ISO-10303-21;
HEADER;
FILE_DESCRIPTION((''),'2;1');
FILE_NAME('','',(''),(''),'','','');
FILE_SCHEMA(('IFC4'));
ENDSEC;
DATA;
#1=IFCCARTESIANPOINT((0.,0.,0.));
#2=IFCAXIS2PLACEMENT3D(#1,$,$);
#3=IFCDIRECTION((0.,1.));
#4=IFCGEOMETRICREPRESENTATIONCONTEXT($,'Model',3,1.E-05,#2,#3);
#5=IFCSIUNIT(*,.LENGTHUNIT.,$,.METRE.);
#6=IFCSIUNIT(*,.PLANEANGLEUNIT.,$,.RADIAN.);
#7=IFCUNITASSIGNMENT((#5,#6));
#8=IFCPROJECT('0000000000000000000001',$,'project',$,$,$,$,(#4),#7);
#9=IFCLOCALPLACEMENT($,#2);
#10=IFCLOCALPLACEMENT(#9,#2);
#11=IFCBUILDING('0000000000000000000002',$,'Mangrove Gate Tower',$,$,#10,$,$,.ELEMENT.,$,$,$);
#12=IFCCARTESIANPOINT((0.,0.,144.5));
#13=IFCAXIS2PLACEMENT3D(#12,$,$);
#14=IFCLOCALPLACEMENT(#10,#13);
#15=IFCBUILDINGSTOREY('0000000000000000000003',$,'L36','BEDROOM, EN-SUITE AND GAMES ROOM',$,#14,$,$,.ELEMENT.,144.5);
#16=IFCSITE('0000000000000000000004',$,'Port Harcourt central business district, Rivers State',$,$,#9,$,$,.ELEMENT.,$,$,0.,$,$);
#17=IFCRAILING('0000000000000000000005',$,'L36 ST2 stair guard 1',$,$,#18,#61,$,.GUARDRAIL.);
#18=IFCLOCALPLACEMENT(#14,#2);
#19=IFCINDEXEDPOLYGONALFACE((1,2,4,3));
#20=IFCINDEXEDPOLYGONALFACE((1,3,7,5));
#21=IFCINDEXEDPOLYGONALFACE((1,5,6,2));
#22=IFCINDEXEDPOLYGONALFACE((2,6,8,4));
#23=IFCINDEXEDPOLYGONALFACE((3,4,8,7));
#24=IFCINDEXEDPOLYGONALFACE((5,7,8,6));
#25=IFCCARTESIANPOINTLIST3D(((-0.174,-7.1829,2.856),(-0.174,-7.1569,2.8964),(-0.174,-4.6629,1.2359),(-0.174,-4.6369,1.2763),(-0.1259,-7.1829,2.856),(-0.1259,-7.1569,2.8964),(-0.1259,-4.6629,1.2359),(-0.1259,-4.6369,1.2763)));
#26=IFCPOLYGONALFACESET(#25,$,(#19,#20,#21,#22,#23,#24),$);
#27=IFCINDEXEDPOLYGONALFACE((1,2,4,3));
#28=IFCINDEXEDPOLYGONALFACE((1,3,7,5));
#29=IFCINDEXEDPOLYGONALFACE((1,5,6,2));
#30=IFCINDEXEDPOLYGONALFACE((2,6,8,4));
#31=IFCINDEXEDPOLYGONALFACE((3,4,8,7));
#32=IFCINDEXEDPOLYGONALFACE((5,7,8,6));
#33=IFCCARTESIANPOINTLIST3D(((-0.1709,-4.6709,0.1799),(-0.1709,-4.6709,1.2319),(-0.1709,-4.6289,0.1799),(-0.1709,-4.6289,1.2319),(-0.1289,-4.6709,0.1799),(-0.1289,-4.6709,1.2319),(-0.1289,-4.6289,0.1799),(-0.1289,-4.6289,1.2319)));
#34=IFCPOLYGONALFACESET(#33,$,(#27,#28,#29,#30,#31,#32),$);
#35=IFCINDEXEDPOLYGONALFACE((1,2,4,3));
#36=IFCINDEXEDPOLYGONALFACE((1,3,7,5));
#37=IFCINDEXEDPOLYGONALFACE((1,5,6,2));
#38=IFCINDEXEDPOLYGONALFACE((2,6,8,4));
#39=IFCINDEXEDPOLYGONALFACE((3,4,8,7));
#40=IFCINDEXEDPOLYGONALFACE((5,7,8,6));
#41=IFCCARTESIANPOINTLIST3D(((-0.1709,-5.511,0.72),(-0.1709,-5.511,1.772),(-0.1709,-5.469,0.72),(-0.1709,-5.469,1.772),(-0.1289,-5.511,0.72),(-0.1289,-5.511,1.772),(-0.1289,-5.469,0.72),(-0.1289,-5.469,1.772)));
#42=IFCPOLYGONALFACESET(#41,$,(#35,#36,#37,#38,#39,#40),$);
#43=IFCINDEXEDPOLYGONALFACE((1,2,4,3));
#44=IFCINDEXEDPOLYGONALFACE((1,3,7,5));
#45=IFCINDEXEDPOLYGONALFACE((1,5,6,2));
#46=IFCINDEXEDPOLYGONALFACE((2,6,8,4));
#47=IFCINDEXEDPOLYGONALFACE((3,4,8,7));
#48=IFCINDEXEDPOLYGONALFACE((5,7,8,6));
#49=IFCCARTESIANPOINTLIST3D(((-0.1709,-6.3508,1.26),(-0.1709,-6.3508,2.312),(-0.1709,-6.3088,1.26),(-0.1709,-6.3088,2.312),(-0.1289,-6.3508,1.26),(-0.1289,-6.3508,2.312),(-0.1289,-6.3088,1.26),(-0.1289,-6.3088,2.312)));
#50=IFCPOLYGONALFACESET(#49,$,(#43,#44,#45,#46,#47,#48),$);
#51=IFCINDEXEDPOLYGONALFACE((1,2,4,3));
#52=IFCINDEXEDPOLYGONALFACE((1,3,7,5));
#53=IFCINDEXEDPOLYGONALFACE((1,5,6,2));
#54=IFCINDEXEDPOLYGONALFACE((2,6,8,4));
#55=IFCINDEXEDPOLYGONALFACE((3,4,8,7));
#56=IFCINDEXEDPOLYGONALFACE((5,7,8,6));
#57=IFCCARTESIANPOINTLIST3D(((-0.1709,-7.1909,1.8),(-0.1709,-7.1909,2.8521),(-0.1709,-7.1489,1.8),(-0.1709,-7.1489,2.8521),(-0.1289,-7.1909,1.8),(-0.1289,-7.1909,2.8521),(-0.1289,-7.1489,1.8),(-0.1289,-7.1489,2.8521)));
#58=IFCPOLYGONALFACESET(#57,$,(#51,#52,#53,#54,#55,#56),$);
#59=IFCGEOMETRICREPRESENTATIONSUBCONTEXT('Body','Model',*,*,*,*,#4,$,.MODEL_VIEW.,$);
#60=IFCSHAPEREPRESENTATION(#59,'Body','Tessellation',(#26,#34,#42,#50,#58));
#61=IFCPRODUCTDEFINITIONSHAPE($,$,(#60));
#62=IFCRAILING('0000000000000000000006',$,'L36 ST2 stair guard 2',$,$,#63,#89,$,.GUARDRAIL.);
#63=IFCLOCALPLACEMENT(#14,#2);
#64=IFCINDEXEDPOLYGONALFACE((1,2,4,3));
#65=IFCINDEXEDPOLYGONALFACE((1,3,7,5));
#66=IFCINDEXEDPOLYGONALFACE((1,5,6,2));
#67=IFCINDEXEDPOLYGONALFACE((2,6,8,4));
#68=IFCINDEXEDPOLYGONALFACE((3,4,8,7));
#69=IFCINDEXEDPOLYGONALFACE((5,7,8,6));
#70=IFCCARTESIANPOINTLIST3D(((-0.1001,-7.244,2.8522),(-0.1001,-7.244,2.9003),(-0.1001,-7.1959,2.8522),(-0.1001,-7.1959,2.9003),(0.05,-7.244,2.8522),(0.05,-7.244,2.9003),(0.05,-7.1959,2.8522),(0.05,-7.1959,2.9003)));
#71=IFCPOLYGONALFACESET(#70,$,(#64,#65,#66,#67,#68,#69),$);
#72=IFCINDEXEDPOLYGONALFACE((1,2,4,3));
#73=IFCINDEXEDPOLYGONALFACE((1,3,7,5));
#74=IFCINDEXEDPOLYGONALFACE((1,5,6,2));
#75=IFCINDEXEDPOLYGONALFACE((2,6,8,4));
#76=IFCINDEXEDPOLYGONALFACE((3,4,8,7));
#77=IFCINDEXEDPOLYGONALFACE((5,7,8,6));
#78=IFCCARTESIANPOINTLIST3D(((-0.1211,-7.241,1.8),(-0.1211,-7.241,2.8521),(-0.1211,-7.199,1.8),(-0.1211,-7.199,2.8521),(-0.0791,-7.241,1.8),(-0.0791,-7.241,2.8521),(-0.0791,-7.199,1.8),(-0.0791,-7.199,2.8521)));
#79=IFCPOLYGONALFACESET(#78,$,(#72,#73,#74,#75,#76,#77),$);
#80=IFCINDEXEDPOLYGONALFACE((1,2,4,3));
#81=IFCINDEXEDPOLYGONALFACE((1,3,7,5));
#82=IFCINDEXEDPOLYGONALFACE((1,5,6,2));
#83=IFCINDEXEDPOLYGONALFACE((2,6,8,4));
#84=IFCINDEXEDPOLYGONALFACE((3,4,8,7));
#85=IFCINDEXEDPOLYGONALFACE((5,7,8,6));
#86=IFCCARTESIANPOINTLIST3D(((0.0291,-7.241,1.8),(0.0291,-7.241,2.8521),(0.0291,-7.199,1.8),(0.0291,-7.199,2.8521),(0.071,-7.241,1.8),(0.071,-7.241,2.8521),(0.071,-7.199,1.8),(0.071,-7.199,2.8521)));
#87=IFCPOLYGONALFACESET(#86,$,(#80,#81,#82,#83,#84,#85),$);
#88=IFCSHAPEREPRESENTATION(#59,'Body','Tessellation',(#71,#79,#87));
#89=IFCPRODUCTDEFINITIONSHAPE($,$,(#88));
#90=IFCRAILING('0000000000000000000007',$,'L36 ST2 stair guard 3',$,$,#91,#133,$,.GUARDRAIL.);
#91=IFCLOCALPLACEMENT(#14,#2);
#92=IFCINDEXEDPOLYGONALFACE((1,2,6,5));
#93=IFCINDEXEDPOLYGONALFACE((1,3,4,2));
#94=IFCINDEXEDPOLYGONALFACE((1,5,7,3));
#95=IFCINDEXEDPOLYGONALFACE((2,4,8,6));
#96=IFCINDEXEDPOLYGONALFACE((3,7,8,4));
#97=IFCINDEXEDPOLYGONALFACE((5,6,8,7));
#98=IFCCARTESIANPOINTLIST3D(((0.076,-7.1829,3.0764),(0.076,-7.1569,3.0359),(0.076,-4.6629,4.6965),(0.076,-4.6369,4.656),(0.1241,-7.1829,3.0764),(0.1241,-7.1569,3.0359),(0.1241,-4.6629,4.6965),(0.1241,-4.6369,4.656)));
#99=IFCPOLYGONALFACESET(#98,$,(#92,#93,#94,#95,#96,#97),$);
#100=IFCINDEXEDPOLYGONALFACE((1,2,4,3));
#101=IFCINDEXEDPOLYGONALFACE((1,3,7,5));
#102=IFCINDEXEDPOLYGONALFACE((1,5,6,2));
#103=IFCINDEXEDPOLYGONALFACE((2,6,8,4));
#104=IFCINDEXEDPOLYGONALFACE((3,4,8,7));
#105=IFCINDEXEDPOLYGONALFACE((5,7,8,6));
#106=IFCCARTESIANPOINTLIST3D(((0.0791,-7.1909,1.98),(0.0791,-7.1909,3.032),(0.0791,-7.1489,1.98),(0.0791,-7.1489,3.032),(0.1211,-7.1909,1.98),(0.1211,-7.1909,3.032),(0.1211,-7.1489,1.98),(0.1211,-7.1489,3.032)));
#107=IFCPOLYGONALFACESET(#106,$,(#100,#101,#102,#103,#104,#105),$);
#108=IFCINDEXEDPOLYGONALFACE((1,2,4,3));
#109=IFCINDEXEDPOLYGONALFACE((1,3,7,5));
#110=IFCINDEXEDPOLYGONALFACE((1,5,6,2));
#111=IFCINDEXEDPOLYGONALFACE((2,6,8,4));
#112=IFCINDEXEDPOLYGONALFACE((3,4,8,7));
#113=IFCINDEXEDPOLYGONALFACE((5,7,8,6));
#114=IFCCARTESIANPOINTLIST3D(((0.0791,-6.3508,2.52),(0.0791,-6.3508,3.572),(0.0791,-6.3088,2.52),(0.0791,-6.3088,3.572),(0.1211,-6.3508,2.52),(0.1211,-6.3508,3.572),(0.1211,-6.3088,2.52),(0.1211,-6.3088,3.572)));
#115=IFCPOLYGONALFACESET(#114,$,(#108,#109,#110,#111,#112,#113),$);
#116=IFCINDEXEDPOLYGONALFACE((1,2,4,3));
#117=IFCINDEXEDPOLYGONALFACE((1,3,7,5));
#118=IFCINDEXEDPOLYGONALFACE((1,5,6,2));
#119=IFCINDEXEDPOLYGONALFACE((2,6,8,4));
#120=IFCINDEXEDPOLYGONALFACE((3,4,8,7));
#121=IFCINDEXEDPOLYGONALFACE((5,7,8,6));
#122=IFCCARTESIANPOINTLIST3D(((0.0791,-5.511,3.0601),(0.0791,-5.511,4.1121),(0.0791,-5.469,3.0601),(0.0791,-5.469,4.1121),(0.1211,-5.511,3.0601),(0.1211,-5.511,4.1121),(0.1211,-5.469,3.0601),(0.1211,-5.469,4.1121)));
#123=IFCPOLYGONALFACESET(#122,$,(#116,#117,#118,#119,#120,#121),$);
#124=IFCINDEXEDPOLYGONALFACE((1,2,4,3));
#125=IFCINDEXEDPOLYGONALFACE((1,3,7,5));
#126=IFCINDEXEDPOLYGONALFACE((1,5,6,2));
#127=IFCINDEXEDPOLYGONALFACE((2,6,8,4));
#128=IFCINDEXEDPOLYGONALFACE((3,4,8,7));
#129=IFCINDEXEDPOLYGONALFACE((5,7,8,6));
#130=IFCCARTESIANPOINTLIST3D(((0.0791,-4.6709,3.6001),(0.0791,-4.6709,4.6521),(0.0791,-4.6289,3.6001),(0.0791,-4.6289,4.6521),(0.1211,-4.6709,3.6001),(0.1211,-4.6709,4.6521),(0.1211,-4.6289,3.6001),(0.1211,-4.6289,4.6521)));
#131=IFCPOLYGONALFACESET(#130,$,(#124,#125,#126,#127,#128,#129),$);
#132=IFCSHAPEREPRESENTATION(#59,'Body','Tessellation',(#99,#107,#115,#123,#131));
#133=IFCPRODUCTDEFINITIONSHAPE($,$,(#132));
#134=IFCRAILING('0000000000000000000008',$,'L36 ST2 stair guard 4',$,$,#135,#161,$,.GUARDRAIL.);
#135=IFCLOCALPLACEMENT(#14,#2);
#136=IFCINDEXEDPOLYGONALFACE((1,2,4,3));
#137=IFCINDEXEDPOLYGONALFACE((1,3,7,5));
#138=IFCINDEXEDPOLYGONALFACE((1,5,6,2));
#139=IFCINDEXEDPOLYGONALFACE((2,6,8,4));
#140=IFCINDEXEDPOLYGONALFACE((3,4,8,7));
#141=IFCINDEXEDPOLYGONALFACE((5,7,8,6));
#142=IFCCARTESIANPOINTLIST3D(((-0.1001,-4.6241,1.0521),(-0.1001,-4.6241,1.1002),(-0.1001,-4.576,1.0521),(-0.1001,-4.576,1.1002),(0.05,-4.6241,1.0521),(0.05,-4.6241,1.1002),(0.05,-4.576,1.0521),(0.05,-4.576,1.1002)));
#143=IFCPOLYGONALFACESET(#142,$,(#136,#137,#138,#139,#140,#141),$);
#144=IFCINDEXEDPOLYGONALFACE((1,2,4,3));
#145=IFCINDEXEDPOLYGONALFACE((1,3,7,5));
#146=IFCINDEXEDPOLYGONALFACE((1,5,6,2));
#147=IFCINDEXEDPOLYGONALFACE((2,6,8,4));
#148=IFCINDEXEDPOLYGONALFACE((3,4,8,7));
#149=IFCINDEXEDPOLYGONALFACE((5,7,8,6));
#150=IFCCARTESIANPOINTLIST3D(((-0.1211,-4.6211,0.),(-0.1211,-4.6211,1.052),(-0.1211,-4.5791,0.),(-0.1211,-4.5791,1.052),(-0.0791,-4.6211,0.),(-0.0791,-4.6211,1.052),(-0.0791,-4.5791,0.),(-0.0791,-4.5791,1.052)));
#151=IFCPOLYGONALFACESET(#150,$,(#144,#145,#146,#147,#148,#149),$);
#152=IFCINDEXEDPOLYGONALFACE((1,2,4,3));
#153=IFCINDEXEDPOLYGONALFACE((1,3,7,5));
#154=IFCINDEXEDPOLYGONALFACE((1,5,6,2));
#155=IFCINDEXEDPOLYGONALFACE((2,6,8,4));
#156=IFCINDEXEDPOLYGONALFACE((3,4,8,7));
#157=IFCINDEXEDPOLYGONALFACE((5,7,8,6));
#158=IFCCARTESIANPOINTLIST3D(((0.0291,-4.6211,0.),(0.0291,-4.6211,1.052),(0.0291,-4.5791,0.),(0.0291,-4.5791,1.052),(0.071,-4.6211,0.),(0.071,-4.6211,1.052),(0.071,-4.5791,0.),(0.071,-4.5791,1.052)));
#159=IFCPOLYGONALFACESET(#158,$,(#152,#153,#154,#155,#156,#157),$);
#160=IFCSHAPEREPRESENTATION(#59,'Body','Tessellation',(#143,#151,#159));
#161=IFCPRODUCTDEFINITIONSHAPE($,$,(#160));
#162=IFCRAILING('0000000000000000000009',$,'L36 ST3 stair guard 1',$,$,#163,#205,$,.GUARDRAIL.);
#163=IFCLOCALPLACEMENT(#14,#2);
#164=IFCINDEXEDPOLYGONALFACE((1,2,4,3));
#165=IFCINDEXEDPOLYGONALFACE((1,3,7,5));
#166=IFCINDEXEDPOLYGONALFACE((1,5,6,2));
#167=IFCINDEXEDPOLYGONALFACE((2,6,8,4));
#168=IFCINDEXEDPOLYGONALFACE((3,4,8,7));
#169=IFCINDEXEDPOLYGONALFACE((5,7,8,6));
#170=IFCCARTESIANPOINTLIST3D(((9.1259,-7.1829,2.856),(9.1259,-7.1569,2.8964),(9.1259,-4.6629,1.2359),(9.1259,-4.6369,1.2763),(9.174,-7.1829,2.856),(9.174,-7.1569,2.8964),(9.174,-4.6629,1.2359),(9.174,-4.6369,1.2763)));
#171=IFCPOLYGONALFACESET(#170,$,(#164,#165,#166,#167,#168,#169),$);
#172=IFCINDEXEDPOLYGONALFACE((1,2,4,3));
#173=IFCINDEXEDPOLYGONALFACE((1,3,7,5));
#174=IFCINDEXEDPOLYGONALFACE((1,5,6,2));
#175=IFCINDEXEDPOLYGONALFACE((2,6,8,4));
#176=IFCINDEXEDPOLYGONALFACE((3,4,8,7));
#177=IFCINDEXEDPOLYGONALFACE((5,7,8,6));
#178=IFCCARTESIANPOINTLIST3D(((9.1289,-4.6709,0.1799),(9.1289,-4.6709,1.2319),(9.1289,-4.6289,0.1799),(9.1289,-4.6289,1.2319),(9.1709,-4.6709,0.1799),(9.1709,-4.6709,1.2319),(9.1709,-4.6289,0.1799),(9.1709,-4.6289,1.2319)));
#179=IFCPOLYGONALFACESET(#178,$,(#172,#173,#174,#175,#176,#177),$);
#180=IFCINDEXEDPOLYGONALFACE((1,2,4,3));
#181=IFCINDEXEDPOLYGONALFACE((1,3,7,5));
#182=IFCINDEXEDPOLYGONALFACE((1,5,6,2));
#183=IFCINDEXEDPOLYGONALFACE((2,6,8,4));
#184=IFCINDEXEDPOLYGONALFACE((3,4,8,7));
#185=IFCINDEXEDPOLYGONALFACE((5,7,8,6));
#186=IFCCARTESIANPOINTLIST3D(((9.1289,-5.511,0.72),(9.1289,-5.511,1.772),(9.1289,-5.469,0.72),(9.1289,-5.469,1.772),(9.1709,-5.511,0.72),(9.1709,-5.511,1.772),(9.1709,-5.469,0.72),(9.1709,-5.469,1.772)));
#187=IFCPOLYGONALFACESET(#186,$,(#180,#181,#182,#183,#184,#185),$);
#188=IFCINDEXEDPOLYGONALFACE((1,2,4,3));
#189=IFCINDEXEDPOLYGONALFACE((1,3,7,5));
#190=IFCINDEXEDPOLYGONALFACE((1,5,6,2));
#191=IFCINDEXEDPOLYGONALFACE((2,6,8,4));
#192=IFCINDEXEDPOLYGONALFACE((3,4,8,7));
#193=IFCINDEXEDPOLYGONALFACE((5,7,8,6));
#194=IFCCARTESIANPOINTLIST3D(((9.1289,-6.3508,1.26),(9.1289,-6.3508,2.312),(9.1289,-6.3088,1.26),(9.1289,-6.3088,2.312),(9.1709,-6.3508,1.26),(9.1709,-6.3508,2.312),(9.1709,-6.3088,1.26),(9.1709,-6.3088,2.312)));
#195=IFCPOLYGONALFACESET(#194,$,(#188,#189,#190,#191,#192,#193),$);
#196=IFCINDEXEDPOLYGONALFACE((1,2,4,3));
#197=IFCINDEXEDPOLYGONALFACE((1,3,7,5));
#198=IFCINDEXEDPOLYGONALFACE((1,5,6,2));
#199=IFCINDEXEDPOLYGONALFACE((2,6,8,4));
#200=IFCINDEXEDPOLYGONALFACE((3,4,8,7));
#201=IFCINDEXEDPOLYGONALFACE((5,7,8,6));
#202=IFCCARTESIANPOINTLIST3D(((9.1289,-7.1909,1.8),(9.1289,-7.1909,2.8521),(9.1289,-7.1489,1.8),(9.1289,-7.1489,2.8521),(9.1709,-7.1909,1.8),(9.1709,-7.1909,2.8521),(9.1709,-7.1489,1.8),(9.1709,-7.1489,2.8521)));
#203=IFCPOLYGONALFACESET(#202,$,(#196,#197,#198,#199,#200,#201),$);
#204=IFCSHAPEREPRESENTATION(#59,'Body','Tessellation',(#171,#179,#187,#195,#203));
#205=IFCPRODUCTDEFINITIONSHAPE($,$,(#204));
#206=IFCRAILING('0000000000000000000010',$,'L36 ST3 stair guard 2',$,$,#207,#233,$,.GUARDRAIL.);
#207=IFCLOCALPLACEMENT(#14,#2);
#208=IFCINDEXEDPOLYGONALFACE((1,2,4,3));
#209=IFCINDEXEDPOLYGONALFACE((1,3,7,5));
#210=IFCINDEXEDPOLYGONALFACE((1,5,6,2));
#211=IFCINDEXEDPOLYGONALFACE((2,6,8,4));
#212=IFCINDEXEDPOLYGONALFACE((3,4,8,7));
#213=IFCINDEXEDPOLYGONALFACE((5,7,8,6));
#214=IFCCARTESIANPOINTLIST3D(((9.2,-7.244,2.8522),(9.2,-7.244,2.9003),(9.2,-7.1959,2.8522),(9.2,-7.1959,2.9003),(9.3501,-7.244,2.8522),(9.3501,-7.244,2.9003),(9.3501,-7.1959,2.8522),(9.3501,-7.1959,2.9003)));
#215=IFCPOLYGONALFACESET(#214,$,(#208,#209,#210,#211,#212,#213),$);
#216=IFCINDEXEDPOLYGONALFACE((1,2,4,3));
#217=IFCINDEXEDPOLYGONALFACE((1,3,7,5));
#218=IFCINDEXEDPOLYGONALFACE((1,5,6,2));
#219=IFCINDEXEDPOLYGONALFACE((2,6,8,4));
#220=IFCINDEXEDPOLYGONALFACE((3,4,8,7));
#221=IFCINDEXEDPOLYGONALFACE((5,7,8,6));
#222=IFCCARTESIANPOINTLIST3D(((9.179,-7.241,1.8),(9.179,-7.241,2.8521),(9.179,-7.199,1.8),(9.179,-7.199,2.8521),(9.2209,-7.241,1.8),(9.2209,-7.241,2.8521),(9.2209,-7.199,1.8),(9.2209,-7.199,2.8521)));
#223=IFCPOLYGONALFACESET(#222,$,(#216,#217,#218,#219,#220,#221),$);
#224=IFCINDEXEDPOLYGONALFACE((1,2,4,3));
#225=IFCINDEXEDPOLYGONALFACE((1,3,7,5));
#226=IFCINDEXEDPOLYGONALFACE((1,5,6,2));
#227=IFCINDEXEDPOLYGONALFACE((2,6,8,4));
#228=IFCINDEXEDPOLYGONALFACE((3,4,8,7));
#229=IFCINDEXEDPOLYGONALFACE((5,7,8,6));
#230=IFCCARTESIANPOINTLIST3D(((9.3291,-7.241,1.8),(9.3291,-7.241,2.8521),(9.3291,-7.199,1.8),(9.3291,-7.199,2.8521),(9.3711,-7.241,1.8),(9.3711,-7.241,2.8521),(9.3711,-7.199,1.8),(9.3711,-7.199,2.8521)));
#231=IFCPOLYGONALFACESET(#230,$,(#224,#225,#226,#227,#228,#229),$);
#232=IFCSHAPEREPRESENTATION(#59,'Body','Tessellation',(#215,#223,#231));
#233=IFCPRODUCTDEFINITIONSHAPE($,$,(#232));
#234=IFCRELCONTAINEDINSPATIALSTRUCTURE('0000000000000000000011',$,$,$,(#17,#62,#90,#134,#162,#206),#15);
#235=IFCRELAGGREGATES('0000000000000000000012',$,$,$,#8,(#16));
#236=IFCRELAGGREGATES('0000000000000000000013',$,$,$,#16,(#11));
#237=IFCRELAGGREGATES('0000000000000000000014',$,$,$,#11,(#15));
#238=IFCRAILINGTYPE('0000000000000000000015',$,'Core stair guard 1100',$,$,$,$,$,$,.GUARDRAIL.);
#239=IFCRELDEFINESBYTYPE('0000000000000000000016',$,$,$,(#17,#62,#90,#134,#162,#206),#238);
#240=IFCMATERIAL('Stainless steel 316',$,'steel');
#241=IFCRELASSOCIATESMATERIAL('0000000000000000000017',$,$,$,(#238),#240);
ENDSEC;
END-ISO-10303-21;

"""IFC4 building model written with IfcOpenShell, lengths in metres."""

from ifc_helpers import new_model, si_unit, direction, frame, origin, origin_2d, place, context, subcontext, project, spatial, rectangle, extrude, material, type_object, element, save


model = new_model("IFC4")

# Units and contexts
model_context = context("Model", 3, precision=1e-05, world=origin(), true_north=direction((0.0, 1.0)))
body_context = subcontext(model_context, "Body", "Model", "MODEL_VIEW")
ifc_project = project(units=[si_unit("LENGTHUNIT", "METRE"), si_unit("PLANEANGLEUNIT", "RADIAN")], contexts=[model_context])

# Site, building, storey
site_placement = place(None, origin())
site = spatial("IfcSite", under=ifc_project, at=site_placement, Name="Port Harcourt central business district, Rivers State", CompositionType="ELEMENT", RefElevation=0.0)
building_placement = place(site_placement, origin())
building = spatial("IfcBuilding", under=site, at=building_placement, Name="Mangrove Gate Tower", CompositionType="ELEMENT")
storey_placement = place(building_placement, frame((0.0, 0.0, 144.5)))
storey = spatial("IfcBuildingStorey", under=building, at=storey_placement, Name="L36", Description="BEDROOM, EN-SUITE AND GAMES ROOM", CompositionType="ELEMENT", Elevation=144.5)

# Railings
ifc_material_1 = material(Name="Stainless steel 316", Category="steel")
railing_type_1 = type_object("IfcRailingType", Name="Core stair guard 1100", PredefinedType="GUARDRAIL", material=ifc_material_1)
railing_1_placement = place(storey_placement, frame((-0.1499, -4.6499, 0.1799)))
element("IfcRailing", 1, at=railing_1_placement, inside=storey, type_object=railing_type_1, Name="L36 ST2 stair guard 1", PredefinedType="GUARDRAIL", context=body_context, shape_type="SweptSolid", body=[
    extrude(rectangle(XDim=0.0481, YDim=0.0481, at=origin_2d()), frame((0.0, 0.0, 1.0762), z_axis=(0.0, -0.841163, 0.540782), x_axis=(1.0, 0.0, 0.0)), (0.0, 0.0, 1.0), 2.9958),
    extrude(rectangle(XDim=0.042, YDim=0.042, at=origin_2d()), origin(), (0.0, 0.0, 1.0), 1.052),
    extrude(rectangle(XDim=0.042, YDim=0.042, at=origin_2d()), frame((0.0, -0.8401, 0.54)), (0.0, 0.0, 1.0), 1.052),
    extrude(rectangle(XDim=0.042, YDim=0.042, at=origin_2d()), frame((0.0, -1.6799, 1.0801)), (0.0, 0.0, 1.0), 1.052),
    extrude(rectangle(XDim=0.042, YDim=0.042, at=origin_2d()), frame((0.0, -2.52, 1.6201)), (0.0, 0.0, 1.0), 1.052),
])
railing_2_placement = place(storey_placement, frame((-0.1001, -7.22, 1.8)))
element("IfcRailing", 2, at=railing_2_placement, inside=storey, type_object=railing_type_1, Name="L36 ST2 stair guard 2", PredefinedType="GUARDRAIL", context=body_context, shape_type="SweptSolid", body=[
    extrude(rectangle(XDim=0.0481, YDim=0.0481, at=origin_2d()), frame((0.0, 0.0, 1.0762), z_axis=(1.0, 0.0, 0.0), x_axis=(0.0, 1.0, 0.0)), (0.0, 0.0, 1.0), 0.1501),
    extrude(rectangle(XDim=0.042, YDim=0.042, at=origin_2d()), origin(), (0.0, 0.0, 1.0), 1.052),
    extrude(rectangle(XDim=0.042, YDim=0.042, at=origin_2d()), frame((0.1501, 0.0, 0.0)), (0.0, 0.0, 1.0), 1.052),
])
railing_3_placement = place(storey_placement, frame((0.1001, -7.1699, 1.98)))
element("IfcRailing", 3, at=railing_3_placement, inside=storey, type_object=railing_type_1, Name="L36 ST2 stair guard 3", PredefinedType="GUARDRAIL", context=body_context, shape_type="SweptSolid", body=[
    extrude(rectangle(XDim=0.0481, YDim=0.0481, at=origin_2d()), frame((0.0, 0.0, 1.0762), z_axis=(0.0, 0.841163, 0.540782), x_axis=(-1.0, 0.0, 0.0)), (0.0, 0.0, 1.0), 2.9958),
    extrude(rectangle(XDim=0.042, YDim=0.042, at=origin_2d()), origin(), (0.0, 0.0, 1.0), 1.052),
    extrude(rectangle(XDim=0.042, YDim=0.042, at=origin_2d()), frame((0.0, 0.8401, 0.54)), (0.0, 0.0, 1.0), 1.052),
    extrude(rectangle(XDim=0.042, YDim=0.042, at=origin_2d()), frame((0.0, 1.6799, 1.0801)), (0.0, 0.0, 1.0), 1.052),
    extrude(rectangle(XDim=0.042, YDim=0.042, at=origin_2d()), frame((0.0, 2.52, 1.6201)), (0.0, 0.0, 1.0), 1.052),
])
railing_4_placement = place(storey_placement, frame((-0.1001, -4.6001, 0.0)))
element("IfcRailing", 4, at=railing_4_placement, inside=storey, type_object=railing_type_1, Name="L36 ST2 stair guard 4", PredefinedType="GUARDRAIL", context=body_context, shape_type="SweptSolid", body=[
    extrude(rectangle(XDim=0.0481, YDim=0.0481, at=origin_2d()), frame((0.0, 0.0, 1.0762), z_axis=(1.0, 0.0, 0.0), x_axis=(0.0, 1.0, 0.0)), (0.0, 0.0, 1.0), 0.1501),
    extrude(rectangle(XDim=0.042, YDim=0.042, at=origin_2d()), origin(), (0.0, 0.0, 1.0), 1.052),
    extrude(rectangle(XDim=0.042, YDim=0.042, at=origin_2d()), frame((0.1501, 0.0, 0.0)), (0.0, 0.0, 1.0), 1.052),
])
railing_5_placement = place(storey_placement, frame((9.1499, -4.6499, 0.1799)))
element("IfcRailing", 5, at=railing_5_placement, inside=storey, type_object=railing_type_1, Name="L36 ST3 stair guard 1", PredefinedType="GUARDRAIL", context=body_context, shape_type="SweptSolid", body=[
    extrude(rectangle(XDim=0.0481, YDim=0.0481, at=origin_2d()), frame((0.0, 0.0, 1.0762), z_axis=(0.0, -0.841163, 0.540782), x_axis=(1.0, 0.0, 0.0)), (0.0, 0.0, 1.0), 2.9958),
    extrude(rectangle(XDim=0.042, YDim=0.042, at=origin_2d()), origin(), (0.0, 0.0, 1.0), 1.052),
    extrude(rectangle(XDim=0.042, YDim=0.042, at=origin_2d()), frame((0.0, -0.8401, 0.54)), (0.0, 0.0, 1.0), 1.052),
    extrude(rectangle(XDim=0.042, YDim=0.042, at=origin_2d()), frame((0.0, -1.6799, 1.0801)), (0.0, 0.0, 1.0), 1.052),
    extrude(rectangle(XDim=0.042, YDim=0.042, at=origin_2d()), frame((0.0, -2.52, 1.6201)), (0.0, 0.0, 1.0), 1.052),
])
railing_6_placement = place(storey_placement, frame((9.2, -7.22, 1.8)))
element("IfcRailing", 6, at=railing_6_placement, inside=storey, type_object=railing_type_1, Name="L36 ST3 stair guard 2", PredefinedType="GUARDRAIL", context=body_context, shape_type="SweptSolid", body=[
    extrude(rectangle(XDim=0.0481, YDim=0.0481, at=origin_2d()), frame((0.0, 0.0, 1.0762), z_axis=(1.0, 0.0, 0.0), x_axis=(0.0, 1.0, 0.0)), (0.0, 0.0, 1.0), 0.1501),
    extrude(rectangle(XDim=0.042, YDim=0.042, at=origin_2d()), origin(), (0.0, 0.0, 1.0), 1.052),
    extrude(rectangle(XDim=0.042, YDim=0.042, at=origin_2d()), frame((0.1501, 0.0, 0.0)), (0.0, 0.0, 1.0), 1.052),
])

save(model, "model.ifc")
